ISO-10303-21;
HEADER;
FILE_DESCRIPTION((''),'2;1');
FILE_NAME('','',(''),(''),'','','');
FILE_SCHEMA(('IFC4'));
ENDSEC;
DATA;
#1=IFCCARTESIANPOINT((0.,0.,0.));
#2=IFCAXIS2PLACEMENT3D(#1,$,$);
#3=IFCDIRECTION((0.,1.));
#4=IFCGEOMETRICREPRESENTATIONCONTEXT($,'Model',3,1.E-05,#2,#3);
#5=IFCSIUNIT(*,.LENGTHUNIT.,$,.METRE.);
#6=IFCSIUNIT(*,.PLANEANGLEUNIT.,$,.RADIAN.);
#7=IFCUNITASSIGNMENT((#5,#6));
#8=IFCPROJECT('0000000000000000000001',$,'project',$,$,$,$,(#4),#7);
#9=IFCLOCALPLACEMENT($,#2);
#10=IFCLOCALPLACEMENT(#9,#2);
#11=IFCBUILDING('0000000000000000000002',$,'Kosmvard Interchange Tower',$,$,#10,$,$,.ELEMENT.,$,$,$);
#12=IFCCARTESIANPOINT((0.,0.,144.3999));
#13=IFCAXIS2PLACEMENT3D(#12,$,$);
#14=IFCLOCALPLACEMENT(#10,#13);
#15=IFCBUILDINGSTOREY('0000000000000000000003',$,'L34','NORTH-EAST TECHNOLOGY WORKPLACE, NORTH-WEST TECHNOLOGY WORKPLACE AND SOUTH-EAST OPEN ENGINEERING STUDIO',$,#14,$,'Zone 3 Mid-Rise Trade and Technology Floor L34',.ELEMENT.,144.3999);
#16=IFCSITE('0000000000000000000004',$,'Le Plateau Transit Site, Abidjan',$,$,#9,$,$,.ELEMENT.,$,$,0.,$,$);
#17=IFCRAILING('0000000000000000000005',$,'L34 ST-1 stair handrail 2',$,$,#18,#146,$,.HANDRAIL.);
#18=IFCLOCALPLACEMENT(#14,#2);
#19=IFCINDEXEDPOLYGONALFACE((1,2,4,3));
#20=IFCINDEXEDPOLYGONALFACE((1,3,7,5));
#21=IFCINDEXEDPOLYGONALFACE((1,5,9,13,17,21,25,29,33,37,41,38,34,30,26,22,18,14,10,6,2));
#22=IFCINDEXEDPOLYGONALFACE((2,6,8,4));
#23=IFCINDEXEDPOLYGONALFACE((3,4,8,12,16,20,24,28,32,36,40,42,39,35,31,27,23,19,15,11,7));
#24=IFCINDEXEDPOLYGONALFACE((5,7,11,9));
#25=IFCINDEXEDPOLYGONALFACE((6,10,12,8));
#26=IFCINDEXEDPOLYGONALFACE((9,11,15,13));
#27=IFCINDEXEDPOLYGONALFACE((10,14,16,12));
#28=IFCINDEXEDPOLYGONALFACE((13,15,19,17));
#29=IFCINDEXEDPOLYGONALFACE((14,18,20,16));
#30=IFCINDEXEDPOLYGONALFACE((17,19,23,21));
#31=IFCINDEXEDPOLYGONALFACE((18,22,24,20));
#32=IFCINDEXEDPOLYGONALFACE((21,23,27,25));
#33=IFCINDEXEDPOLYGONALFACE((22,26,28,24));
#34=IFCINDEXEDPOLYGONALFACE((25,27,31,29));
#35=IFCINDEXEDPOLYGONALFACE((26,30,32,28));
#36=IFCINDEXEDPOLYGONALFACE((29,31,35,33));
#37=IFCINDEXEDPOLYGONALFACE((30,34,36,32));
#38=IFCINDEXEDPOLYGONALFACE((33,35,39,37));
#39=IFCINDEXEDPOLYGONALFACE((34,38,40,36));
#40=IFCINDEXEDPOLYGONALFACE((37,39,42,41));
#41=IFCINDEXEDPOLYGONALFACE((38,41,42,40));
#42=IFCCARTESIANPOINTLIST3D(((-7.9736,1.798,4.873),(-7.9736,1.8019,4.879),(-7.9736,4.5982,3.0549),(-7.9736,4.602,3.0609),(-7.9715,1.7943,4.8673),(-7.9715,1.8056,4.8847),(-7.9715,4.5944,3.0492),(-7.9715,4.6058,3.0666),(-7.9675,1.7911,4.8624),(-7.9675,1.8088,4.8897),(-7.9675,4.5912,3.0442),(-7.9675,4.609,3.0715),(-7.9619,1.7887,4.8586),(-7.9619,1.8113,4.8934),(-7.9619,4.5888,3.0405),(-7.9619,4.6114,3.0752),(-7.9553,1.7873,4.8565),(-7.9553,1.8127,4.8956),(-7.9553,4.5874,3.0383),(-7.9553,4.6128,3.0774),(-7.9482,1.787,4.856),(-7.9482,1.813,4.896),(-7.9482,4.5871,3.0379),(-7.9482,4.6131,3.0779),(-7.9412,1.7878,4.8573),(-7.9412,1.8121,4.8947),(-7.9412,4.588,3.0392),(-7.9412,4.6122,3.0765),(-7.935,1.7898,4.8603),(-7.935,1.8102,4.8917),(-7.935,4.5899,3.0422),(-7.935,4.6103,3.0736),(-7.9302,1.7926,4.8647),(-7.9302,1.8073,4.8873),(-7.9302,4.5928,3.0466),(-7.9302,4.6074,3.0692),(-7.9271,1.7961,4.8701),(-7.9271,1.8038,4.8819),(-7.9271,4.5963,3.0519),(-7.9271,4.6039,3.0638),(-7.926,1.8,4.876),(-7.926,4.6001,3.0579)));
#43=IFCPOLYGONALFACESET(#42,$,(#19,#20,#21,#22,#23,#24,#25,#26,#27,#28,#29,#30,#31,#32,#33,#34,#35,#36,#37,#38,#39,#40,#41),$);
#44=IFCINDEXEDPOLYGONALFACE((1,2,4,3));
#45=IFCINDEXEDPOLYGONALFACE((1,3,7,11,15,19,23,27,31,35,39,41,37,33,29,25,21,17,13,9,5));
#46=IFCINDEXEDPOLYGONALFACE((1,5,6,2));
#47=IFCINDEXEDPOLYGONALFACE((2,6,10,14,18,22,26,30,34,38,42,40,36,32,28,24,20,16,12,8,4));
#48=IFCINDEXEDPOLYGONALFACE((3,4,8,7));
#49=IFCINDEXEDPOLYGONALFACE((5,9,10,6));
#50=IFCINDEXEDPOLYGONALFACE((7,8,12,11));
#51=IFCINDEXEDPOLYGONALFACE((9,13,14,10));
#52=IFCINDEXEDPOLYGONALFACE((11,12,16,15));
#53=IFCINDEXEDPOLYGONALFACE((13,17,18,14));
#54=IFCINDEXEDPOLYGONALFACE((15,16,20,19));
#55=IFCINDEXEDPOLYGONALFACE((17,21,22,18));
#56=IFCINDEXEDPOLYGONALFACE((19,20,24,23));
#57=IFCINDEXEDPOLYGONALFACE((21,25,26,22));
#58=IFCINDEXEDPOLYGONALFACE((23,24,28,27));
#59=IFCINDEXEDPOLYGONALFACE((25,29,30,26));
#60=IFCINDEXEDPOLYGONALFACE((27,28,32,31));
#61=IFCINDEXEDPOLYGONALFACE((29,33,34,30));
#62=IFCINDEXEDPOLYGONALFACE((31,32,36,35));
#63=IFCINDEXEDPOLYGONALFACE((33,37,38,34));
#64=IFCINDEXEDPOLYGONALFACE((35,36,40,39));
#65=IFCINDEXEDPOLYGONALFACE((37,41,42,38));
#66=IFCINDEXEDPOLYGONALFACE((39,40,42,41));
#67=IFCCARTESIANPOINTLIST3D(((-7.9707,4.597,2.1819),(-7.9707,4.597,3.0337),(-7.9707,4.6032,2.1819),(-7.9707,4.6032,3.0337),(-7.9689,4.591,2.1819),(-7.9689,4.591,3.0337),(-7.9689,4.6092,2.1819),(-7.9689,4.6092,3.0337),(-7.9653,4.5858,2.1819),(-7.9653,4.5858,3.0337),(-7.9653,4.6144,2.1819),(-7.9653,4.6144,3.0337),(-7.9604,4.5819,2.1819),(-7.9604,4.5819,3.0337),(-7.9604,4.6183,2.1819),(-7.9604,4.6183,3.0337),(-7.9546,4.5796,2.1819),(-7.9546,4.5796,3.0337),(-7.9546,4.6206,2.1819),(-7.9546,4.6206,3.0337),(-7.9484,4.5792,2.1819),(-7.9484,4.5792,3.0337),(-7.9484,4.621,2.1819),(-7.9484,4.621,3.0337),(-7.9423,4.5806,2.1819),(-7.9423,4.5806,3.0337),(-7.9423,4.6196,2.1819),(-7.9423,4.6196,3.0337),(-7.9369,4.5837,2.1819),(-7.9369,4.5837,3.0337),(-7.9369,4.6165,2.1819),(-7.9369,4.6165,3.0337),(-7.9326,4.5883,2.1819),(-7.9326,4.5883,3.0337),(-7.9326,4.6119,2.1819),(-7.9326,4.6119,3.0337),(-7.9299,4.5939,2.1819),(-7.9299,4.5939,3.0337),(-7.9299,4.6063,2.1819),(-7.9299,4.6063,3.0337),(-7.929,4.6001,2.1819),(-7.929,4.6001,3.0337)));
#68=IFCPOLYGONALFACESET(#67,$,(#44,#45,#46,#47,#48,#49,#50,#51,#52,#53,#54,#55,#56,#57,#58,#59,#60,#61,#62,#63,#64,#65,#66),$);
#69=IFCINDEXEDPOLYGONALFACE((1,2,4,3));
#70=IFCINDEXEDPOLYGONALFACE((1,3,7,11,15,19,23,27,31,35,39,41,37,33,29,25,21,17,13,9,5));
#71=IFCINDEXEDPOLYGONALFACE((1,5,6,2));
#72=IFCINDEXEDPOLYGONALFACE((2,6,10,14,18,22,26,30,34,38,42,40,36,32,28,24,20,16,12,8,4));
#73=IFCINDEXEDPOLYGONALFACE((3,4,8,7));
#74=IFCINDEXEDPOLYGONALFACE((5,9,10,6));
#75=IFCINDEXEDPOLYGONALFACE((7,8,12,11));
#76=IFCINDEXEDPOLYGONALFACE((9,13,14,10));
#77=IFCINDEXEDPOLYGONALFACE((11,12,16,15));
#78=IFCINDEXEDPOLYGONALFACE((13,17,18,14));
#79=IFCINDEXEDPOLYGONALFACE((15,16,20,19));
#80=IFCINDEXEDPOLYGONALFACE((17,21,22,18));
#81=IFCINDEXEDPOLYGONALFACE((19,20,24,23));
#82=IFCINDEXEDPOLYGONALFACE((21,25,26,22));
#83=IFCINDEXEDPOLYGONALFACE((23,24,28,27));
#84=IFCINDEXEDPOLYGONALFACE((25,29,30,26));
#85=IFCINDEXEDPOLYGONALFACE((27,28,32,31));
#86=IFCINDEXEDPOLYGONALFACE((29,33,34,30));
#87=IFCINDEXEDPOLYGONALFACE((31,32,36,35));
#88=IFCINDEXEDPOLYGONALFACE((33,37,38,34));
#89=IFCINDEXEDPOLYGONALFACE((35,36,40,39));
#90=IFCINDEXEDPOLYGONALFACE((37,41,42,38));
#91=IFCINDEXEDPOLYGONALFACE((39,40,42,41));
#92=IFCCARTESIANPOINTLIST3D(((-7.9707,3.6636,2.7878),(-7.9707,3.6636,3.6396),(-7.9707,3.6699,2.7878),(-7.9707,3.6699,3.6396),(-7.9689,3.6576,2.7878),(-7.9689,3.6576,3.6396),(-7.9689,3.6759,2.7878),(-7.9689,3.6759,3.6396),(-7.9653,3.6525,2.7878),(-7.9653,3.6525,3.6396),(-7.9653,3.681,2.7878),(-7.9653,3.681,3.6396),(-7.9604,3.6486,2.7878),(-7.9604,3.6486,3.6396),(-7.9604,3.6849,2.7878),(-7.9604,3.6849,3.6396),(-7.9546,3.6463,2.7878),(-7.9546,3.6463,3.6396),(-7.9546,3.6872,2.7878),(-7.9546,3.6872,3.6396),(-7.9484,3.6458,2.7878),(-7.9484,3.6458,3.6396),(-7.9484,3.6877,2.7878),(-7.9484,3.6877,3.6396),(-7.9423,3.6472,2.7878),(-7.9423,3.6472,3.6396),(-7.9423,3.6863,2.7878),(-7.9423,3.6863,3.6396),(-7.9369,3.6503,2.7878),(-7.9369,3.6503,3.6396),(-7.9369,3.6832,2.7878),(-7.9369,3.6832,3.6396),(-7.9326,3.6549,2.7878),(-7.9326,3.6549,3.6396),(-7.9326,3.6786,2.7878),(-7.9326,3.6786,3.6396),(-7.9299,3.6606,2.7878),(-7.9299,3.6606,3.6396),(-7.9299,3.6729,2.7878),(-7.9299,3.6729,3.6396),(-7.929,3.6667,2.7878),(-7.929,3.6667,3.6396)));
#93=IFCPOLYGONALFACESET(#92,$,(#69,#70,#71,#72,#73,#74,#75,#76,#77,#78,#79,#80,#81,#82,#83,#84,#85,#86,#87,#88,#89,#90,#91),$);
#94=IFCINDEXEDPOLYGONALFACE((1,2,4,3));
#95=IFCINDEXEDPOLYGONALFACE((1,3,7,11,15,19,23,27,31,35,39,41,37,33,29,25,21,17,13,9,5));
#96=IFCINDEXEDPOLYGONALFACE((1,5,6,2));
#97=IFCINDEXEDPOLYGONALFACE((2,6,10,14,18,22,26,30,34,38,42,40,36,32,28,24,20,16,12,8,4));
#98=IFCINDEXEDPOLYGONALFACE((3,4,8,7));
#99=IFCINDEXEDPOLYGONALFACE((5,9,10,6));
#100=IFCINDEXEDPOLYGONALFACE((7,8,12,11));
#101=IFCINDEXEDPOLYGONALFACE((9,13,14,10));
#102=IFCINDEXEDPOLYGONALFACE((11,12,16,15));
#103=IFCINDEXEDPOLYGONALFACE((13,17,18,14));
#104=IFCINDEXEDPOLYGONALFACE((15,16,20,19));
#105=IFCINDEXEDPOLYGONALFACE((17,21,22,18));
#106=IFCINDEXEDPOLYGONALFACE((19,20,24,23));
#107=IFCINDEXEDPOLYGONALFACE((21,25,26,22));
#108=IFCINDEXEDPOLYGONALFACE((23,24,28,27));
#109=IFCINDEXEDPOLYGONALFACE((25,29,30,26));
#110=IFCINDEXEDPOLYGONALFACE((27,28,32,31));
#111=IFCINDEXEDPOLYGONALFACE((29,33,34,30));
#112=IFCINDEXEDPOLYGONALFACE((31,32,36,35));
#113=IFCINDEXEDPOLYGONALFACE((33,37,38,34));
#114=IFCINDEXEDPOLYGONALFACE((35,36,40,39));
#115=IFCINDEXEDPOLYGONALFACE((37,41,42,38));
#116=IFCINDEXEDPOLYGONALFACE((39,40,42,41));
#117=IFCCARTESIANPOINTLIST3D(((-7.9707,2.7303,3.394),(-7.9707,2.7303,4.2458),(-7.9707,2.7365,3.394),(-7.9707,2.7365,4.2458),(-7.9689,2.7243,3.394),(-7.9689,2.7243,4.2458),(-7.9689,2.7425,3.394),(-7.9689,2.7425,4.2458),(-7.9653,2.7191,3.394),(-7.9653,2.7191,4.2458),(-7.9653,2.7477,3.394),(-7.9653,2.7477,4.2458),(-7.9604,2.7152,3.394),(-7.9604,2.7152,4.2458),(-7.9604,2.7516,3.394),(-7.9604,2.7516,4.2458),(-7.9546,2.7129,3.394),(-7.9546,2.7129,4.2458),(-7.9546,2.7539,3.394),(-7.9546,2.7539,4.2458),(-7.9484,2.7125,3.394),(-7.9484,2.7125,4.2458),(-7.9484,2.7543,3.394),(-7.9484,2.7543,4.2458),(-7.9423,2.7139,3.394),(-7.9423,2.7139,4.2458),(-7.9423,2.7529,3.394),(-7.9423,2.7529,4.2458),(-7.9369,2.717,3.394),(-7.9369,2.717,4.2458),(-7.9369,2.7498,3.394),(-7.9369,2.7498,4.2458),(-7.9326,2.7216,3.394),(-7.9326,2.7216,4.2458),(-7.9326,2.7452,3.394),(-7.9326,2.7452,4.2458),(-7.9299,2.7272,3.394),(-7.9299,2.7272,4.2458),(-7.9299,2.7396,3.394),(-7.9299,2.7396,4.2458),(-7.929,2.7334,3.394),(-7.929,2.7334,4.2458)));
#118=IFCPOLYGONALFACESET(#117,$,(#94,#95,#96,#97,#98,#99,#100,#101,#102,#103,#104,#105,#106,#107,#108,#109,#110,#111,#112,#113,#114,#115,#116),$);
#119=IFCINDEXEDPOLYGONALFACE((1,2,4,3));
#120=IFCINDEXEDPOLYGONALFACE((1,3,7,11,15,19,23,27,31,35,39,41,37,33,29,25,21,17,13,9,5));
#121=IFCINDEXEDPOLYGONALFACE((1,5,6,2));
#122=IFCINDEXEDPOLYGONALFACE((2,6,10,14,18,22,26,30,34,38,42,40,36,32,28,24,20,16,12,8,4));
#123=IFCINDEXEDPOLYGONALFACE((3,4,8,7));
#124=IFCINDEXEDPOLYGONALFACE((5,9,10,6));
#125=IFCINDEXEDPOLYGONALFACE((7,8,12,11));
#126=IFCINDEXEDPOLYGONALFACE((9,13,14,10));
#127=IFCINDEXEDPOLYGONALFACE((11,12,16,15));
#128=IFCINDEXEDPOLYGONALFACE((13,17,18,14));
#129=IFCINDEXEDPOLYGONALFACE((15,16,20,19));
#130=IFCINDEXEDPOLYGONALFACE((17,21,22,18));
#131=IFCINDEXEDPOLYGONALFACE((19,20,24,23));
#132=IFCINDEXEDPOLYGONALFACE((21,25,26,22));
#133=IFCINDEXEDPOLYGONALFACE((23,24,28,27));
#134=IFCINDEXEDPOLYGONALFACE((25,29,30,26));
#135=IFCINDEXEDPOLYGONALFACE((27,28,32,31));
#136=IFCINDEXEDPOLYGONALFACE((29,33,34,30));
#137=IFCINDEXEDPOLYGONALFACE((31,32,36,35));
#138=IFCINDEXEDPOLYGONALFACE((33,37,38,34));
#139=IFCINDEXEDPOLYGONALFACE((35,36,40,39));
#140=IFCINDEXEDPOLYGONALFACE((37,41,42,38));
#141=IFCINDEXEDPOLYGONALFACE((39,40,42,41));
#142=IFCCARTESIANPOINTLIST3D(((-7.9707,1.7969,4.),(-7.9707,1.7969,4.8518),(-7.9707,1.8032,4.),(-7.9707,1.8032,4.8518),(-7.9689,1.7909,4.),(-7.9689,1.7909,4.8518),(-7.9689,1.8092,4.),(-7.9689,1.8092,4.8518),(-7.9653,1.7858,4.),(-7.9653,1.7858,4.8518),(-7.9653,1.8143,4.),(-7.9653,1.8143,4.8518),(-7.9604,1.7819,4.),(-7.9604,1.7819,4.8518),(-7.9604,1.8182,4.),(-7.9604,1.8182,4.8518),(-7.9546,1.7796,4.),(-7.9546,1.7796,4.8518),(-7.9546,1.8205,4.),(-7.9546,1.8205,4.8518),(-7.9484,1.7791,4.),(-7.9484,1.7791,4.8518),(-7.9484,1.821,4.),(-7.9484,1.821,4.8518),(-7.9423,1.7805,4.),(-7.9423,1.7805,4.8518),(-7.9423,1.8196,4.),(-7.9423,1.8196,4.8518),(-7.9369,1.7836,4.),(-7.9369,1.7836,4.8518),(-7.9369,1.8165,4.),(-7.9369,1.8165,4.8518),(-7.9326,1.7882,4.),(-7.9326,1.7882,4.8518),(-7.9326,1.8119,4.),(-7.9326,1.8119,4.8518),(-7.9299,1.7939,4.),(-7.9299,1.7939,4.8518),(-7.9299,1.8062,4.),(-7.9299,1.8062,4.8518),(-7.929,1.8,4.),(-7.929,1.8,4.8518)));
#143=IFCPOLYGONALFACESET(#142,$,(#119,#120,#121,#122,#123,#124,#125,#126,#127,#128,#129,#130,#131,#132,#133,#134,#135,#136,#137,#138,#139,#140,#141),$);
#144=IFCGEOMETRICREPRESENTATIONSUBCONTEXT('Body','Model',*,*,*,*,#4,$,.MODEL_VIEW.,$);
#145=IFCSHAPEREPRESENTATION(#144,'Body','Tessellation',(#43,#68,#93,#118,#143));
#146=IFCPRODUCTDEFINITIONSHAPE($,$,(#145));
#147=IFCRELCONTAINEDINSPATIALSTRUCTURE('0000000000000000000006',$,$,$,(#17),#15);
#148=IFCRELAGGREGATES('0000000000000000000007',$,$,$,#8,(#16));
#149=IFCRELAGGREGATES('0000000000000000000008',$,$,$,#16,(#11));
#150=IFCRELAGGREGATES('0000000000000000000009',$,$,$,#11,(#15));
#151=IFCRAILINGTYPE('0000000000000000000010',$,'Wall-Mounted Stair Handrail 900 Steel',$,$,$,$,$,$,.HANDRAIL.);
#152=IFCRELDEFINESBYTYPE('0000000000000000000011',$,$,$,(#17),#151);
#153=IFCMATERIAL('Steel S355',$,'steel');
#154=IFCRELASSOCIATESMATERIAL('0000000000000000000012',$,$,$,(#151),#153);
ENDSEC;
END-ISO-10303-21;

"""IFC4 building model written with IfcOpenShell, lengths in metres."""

from ifc_helpers import new_model, si_unit, direction, frame, origin, origin_2d, place, context, subcontext, project, spatial, circle, extrude, source, transform, mapped, material, type_object, element, save


model = new_model("IFC4")

# Units and contexts
model_context = context("Model", 3, precision=1e-05, world=origin(), true_north=direction((0.0, 1.0)))
body_context = subcontext(model_context, "Body", "Model", "MODEL_VIEW")
ifc_project = project(units=[si_unit("LENGTHUNIT", "METRE"), si_unit("PLANEANGLEUNIT", "RADIAN")], contexts=[model_context])

# Site, building, storey
site_placement = place(None, origin())
site = spatial("IfcSite", under=ifc_project, at=site_placement, Name="Le Plateau Transit Site, Abidjan", CompositionType="ELEMENT", RefElevation=0.0)
building_placement = place(site_placement, origin())
building = spatial("IfcBuilding", under=site, at=building_placement, Name="Kosmvard Interchange Tower", CompositionType="ELEMENT")
storey_placement = place(building_placement, frame((0.0, 0.0, 144.3999)))
storey = spatial("IfcBuildingStorey", under=building, at=storey_placement, Name="L34", Description="NORTH-EAST TECHNOLOGY WORKPLACE, NORTH-WEST TECHNOLOGY WORKPLACE AND SOUTH-EAST OPEN ENGINEERING STUDIO", LongName="Zone 3 Mid-Rise Trade and Technology Floor L34", CompositionType="ELEMENT", Elevation=144.3999)

# Shared definitions
ifc_material_1 = material(Name="Steel S355", Category="steel")

# Railing
railing_type_1 = type_object("IfcRailingType", Name="Wall-Mounted Stair Handrail 900 Steel", PredefinedType="HANDRAIL", material=ifc_material_1)
shared_shape_1 = source(origin(), body_context, "Body", "SweptSolid", [
    extrude(circle(Radius=0.0239, at=origin_2d()), frame((0.0, 0.0, 0.876), z_axis=(0.0, -0.838706, 0.544585), x_axis=(1.0, 0.0, 0.0)), (0.0, 0.0, 1.0), 3.3386),
    extrude(circle(Radius=0.021, at=origin_2d()), origin(), (0.0, 0.0, 1.0), 0.8518),
    extrude(circle(Radius=0.021, at=origin_2d()), frame((0.0, -0.9333, 0.606)), (0.0, 0.0, 1.0), 0.8518),
    extrude(circle(Radius=0.021, at=origin_2d()), frame((0.0, -1.8667, 1.2122)), (0.0, 0.0, 1.0), 0.8518),
    extrude(circle(Radius=0.021, at=origin_2d()), frame((0.0, -2.8, 1.8181)), (0.0, 0.0, 1.0), 0.8518),
])
railing_1_placement = place(storey_placement, frame((-7.95, 4.6001, 2.1819)))
element("IfcRailing", 1, at=railing_1_placement, inside=storey, type_object=railing_type_1, Name="L34 ST-1 stair handrail 2", PredefinedType="HANDRAIL", context=body_context, shape_type="MappedRepresentation", body=[
    mapped(shared_shape_1, transform((0.0, 0.0, 0.0), scale=1.0)),
])

save(model, "model.ifc")
